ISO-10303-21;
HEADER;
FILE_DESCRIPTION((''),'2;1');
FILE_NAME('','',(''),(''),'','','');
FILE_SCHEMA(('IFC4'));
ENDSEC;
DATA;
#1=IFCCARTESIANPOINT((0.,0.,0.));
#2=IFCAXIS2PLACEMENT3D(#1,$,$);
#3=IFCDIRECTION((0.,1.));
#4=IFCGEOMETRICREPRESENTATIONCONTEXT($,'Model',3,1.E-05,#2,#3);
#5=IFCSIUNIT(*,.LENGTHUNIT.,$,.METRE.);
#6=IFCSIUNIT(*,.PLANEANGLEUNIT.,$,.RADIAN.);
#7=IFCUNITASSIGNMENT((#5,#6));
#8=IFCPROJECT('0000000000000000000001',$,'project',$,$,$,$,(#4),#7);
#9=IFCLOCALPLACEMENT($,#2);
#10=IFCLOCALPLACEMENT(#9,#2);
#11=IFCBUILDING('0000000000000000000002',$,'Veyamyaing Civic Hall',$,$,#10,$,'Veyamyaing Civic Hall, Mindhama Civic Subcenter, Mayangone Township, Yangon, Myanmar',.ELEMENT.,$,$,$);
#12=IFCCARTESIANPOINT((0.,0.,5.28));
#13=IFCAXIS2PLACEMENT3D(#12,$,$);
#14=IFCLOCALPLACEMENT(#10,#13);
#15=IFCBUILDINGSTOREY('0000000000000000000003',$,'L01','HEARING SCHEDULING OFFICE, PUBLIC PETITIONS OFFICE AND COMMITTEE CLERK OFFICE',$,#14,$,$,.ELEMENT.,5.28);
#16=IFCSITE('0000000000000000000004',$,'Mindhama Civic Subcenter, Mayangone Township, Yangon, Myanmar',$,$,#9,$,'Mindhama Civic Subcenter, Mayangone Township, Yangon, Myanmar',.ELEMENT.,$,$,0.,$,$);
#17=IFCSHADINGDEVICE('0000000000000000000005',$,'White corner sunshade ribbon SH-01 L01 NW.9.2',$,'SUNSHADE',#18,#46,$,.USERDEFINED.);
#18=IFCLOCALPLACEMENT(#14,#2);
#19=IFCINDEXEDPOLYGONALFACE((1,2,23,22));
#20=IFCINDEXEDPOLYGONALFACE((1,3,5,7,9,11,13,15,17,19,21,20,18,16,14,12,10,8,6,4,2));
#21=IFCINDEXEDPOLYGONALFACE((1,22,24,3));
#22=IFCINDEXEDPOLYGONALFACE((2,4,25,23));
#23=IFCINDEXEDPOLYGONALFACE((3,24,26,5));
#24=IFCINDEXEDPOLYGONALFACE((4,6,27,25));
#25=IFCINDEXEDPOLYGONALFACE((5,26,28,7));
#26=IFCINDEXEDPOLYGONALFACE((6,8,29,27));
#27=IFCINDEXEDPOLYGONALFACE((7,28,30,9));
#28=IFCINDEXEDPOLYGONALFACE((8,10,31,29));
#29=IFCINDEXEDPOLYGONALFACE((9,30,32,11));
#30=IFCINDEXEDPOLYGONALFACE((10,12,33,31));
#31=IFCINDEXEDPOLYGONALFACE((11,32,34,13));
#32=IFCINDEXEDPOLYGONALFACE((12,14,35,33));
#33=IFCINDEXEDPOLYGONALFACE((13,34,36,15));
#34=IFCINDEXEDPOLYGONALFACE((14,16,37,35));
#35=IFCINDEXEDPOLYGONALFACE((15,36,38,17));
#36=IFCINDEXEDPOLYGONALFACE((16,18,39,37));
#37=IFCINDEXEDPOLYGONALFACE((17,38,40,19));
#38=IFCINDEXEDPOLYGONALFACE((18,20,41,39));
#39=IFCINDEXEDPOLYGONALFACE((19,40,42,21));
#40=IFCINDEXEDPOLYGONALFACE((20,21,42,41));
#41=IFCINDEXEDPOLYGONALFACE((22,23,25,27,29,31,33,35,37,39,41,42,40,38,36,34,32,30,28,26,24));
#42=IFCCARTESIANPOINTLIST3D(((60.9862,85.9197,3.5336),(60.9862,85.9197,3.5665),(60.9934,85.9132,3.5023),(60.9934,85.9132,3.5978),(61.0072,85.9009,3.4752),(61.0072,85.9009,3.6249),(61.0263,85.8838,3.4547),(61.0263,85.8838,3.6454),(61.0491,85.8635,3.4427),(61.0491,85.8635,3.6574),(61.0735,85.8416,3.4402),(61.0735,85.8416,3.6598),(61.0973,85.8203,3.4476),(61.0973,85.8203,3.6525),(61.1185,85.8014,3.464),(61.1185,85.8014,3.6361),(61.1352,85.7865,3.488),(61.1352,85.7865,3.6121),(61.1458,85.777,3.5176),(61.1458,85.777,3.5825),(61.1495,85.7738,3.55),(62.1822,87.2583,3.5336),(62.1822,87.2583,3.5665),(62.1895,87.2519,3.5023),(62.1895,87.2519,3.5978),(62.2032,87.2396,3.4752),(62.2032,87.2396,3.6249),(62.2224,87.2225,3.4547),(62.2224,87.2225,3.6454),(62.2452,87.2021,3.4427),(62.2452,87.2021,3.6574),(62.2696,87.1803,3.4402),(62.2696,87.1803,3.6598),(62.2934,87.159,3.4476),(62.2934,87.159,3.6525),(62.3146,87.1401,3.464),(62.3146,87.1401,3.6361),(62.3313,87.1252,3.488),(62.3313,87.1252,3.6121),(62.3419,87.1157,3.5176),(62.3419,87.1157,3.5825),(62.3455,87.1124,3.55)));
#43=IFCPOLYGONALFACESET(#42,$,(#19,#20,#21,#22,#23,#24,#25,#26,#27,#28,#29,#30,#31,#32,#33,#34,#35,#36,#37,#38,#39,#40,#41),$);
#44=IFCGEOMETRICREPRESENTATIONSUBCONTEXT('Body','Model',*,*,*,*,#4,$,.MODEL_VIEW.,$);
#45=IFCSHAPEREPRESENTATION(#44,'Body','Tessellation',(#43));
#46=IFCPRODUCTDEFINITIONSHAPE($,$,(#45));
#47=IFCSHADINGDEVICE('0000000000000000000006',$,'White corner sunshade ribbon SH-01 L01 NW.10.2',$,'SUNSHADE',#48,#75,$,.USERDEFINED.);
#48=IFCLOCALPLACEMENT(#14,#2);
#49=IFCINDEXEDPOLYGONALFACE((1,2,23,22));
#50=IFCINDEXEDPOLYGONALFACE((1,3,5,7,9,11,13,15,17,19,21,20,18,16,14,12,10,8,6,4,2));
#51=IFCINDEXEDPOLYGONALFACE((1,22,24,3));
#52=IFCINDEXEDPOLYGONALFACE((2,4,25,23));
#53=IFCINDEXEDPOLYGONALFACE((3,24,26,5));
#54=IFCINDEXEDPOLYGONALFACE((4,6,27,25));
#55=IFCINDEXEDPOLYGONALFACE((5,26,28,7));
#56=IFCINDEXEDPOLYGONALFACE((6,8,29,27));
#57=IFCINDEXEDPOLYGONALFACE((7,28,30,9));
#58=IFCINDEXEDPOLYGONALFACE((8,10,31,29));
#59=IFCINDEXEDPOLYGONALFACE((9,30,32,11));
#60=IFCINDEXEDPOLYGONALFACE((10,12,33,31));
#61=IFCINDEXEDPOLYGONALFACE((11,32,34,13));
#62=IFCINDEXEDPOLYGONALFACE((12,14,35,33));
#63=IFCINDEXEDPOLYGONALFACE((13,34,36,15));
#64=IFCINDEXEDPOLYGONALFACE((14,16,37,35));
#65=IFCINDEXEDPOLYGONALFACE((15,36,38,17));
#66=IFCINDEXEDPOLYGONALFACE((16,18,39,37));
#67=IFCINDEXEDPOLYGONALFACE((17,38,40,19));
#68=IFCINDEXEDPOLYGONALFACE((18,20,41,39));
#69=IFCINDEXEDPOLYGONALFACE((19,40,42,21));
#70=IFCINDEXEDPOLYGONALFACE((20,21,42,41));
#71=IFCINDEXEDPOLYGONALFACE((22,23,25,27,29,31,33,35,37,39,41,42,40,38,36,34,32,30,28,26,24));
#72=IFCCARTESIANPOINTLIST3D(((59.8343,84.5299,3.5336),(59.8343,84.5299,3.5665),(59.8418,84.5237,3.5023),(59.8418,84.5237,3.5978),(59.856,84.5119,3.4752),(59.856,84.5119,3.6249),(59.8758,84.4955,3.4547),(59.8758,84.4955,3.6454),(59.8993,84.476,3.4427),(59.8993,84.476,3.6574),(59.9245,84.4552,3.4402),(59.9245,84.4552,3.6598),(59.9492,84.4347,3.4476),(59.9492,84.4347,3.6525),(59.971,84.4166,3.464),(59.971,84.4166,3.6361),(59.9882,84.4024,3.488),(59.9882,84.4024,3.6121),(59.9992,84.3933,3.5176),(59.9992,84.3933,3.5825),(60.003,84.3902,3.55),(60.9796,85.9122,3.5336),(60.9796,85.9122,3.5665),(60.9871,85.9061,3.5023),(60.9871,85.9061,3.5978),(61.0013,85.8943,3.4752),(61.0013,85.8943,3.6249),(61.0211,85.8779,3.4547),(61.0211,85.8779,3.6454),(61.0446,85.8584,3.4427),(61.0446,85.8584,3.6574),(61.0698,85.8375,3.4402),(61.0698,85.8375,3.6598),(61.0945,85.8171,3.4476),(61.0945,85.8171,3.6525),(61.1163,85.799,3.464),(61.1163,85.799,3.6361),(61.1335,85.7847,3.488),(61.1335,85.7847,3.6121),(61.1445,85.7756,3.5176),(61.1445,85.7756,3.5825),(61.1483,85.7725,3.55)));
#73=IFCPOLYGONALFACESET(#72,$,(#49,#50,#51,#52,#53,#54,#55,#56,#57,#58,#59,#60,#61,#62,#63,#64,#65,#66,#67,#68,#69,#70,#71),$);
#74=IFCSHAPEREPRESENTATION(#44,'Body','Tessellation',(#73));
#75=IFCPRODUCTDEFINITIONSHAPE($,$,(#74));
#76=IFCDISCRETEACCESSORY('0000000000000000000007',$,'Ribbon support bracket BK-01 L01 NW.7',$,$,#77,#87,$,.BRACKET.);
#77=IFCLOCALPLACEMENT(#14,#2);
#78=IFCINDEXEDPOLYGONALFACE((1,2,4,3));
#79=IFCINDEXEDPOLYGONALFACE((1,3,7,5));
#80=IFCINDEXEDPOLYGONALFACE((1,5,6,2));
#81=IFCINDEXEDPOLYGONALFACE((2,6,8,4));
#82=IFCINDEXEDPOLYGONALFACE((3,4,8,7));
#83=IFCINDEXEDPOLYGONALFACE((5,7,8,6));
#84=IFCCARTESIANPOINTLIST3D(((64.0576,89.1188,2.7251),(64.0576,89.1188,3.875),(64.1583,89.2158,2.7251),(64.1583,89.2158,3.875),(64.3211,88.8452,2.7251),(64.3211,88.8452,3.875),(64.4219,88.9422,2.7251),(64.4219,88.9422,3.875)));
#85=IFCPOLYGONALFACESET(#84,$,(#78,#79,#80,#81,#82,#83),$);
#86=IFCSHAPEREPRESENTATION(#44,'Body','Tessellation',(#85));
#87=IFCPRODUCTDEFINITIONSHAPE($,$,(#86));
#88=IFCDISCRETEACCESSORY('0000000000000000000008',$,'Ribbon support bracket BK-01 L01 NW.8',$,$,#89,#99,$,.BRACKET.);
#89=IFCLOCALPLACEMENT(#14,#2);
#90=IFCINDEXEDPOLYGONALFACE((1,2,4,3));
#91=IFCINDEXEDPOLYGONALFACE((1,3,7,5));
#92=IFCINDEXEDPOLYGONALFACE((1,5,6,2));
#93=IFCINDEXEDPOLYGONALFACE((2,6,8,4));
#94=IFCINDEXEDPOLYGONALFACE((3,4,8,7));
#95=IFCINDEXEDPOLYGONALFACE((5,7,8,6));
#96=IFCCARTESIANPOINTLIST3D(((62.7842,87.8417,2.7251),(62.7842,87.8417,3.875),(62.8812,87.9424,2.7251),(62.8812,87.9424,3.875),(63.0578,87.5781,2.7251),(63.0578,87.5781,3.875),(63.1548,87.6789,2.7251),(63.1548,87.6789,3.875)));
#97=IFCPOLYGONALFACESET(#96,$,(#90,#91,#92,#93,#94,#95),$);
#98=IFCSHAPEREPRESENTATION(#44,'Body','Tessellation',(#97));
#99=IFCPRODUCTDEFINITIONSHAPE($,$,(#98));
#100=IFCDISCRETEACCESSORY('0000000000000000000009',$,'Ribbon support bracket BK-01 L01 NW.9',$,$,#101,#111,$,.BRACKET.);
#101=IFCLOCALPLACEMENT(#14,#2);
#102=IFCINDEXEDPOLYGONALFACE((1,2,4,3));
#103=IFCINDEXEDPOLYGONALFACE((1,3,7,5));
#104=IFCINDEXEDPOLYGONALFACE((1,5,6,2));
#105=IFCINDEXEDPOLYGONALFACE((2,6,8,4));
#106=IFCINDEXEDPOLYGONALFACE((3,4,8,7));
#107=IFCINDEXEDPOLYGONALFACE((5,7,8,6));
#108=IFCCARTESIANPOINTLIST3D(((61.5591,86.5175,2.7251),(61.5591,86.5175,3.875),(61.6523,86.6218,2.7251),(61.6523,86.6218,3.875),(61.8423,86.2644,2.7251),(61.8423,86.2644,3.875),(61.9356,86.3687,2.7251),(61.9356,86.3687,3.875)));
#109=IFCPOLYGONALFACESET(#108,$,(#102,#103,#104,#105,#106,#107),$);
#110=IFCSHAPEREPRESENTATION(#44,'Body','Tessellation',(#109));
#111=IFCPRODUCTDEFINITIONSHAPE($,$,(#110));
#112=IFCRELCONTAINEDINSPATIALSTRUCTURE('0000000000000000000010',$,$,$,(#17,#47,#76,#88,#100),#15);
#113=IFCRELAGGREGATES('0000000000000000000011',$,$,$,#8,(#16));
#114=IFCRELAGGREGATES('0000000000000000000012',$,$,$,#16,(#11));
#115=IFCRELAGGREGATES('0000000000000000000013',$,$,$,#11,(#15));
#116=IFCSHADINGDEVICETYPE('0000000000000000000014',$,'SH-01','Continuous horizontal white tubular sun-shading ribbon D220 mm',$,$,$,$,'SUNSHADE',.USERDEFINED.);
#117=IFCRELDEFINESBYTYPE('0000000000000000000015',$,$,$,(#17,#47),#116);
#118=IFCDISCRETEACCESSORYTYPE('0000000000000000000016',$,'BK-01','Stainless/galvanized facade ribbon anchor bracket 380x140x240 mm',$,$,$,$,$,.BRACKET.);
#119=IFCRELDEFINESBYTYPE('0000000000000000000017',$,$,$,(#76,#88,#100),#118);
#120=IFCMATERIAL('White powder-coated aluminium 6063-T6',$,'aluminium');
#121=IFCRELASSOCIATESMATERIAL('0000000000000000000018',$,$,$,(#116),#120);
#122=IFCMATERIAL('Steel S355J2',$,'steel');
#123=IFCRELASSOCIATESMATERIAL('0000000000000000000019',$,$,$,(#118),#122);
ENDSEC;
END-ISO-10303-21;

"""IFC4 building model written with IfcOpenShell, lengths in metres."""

from ifc_helpers import new_model, si_unit, direction, frame, origin, origin_2d, place, context, subcontext, project, spatial, rectangle, circle, extrude, material, material_profile, profile_set, type_object, element, save


model = new_model("IFC4")

# Units and contexts
model_context = context("Model", 3, precision=1e-05, world=origin(), true_north=direction((0.0, 1.0)))
body_context = subcontext(model_context, "Body", "Model", "MODEL_VIEW")
ifc_project = project(units=[si_unit("LENGTHUNIT", "METRE"), si_unit("PLANEANGLEUNIT", "RADIAN")], contexts=[model_context])

# Site, building, storey
site_placement = place(None, origin())
site = spatial("IfcSite", under=ifc_project, at=site_placement, Name="Mindhama Civic Subcenter, Mayangone Township, Yangon, Myanmar", LongName="Mindhama Civic Subcenter, Mayangone Township, Yangon, Myanmar", CompositionType="ELEMENT", RefElevation=0.0)
building_placement = place(site_placement, origin())
building = spatial("IfcBuilding", under=site, at=building_placement, Name="Veyamyaing Civic Hall", LongName="Veyamyaing Civic Hall, Mindhama Civic Subcenter, Mayangone Township, Yangon, Myanmar", CompositionType="ELEMENT")
storey_placement = place(building_placement, frame((0.0, 0.0, 5.28)))
storey = spatial("IfcBuildingStorey", under=building, at=storey_placement, Name="L01", Description="HEARING SCHEDULING OFFICE, PUBLIC PETITIONS OFFICE AND COMMITTEE CLERK OFFICE", CompositionType="ELEMENT", Elevation=5.28)

# Shared definitions
ifc_material_1 = material(Name="White powder-coated aluminium 6063-T6", Category="aluminium")

# Shading devices
ifc_material_profile_1 = material_profile(ifc_material_1, circle(Radius=0.1101, at=origin_2d()), Name="SHADE-TUBE-220")
ifc_profile_set_1 = profile_set([ifc_material_profile_1], Name="White powder-coated aluminium 6063-T6")
shading_device_type = type_object("IfcShadingDeviceType", Name="SH-01", Description="Continuous horizontal white tubular sun-shading ribbon D220 mm", ElementType="SUNSHADE", PredefinedType="USERDEFINED", material=ifc_profile_set_1)
for number, where, z_axis, x_axis, name in (
    (1, (62.2634, 87.1858, 3.55), (-0.666278, -0.745704, 0.0), (0.745704, -0.666278, 0.0), "White corner sunshade ribbon SH-01 L01 NW.9.2"),
    (2, (61.0635, 85.8428, 3.55), (-0.637988, -0.770046, 0.0), (0.770046, -0.637988, 0.0), "White corner sunshade ribbon SH-01 L01 NW.10.2"),
):
    element("IfcShadingDevice", number, at=place(storey_placement, frame(where, z_axis=z_axis, x_axis=x_axis)), inside=storey, type_object=shading_device_type, Name=name, ObjectType="SUNSHADE", PredefinedType="USERDEFINED", context=body_context, shape_type="SweptSolid", body=[
        extrude(circle(Radius=0.1101, at=origin_2d()), origin(), (0.0, 0.0, 1.0), 1.7952),
    ])

# Discrete accessories
ifc_material_2 = material(Name="Steel S355J2", Category="steel")
discrete_accessory_type = type_object("IfcDiscreteAccessoryType", Name="BK-01", Description="Stainless/galvanized facade ribbon anchor bracket 380x140x240 mm", PredefinedType="BRACKET", material=ifc_material_2)
for number, where, z_axis, x_axis, name in (
    (3, (64.2397, 89.0305, 2.7251), (0.0, 0.0, 1.0), (-0.693761, 0.720205, 0.0), "Ribbon support bracket BK-01 L01 NW.7"),
    (4, (62.9695, 87.7603, 2.7251), (0.0, 0.0, 1.0), (-0.720205, 0.693761, 0.0), "Ribbon support bracket BK-01 L01 NW.8"),
    (5, (61.7473, 86.4431, 2.7251), (0.0, 0.0, 1.0), (-0.745642, 0.666347, 0.0), "Ribbon support bracket BK-01 L01 NW.9"),
):
    element("IfcDiscreteAccessory", number, at=place(storey_placement, frame(where, z_axis=z_axis, x_axis=x_axis)), inside=storey, type_object=discrete_accessory_type, Name=name, PredefinedType="BRACKET", context=body_context, shape_type="SweptSolid", body=[
        extrude(rectangle(XDim=0.3799, YDim=0.1399, at=origin_2d()), origin(), (0.0, 0.0, 1.0), 1.1499),
    ])

save(model, "model.ifc")
